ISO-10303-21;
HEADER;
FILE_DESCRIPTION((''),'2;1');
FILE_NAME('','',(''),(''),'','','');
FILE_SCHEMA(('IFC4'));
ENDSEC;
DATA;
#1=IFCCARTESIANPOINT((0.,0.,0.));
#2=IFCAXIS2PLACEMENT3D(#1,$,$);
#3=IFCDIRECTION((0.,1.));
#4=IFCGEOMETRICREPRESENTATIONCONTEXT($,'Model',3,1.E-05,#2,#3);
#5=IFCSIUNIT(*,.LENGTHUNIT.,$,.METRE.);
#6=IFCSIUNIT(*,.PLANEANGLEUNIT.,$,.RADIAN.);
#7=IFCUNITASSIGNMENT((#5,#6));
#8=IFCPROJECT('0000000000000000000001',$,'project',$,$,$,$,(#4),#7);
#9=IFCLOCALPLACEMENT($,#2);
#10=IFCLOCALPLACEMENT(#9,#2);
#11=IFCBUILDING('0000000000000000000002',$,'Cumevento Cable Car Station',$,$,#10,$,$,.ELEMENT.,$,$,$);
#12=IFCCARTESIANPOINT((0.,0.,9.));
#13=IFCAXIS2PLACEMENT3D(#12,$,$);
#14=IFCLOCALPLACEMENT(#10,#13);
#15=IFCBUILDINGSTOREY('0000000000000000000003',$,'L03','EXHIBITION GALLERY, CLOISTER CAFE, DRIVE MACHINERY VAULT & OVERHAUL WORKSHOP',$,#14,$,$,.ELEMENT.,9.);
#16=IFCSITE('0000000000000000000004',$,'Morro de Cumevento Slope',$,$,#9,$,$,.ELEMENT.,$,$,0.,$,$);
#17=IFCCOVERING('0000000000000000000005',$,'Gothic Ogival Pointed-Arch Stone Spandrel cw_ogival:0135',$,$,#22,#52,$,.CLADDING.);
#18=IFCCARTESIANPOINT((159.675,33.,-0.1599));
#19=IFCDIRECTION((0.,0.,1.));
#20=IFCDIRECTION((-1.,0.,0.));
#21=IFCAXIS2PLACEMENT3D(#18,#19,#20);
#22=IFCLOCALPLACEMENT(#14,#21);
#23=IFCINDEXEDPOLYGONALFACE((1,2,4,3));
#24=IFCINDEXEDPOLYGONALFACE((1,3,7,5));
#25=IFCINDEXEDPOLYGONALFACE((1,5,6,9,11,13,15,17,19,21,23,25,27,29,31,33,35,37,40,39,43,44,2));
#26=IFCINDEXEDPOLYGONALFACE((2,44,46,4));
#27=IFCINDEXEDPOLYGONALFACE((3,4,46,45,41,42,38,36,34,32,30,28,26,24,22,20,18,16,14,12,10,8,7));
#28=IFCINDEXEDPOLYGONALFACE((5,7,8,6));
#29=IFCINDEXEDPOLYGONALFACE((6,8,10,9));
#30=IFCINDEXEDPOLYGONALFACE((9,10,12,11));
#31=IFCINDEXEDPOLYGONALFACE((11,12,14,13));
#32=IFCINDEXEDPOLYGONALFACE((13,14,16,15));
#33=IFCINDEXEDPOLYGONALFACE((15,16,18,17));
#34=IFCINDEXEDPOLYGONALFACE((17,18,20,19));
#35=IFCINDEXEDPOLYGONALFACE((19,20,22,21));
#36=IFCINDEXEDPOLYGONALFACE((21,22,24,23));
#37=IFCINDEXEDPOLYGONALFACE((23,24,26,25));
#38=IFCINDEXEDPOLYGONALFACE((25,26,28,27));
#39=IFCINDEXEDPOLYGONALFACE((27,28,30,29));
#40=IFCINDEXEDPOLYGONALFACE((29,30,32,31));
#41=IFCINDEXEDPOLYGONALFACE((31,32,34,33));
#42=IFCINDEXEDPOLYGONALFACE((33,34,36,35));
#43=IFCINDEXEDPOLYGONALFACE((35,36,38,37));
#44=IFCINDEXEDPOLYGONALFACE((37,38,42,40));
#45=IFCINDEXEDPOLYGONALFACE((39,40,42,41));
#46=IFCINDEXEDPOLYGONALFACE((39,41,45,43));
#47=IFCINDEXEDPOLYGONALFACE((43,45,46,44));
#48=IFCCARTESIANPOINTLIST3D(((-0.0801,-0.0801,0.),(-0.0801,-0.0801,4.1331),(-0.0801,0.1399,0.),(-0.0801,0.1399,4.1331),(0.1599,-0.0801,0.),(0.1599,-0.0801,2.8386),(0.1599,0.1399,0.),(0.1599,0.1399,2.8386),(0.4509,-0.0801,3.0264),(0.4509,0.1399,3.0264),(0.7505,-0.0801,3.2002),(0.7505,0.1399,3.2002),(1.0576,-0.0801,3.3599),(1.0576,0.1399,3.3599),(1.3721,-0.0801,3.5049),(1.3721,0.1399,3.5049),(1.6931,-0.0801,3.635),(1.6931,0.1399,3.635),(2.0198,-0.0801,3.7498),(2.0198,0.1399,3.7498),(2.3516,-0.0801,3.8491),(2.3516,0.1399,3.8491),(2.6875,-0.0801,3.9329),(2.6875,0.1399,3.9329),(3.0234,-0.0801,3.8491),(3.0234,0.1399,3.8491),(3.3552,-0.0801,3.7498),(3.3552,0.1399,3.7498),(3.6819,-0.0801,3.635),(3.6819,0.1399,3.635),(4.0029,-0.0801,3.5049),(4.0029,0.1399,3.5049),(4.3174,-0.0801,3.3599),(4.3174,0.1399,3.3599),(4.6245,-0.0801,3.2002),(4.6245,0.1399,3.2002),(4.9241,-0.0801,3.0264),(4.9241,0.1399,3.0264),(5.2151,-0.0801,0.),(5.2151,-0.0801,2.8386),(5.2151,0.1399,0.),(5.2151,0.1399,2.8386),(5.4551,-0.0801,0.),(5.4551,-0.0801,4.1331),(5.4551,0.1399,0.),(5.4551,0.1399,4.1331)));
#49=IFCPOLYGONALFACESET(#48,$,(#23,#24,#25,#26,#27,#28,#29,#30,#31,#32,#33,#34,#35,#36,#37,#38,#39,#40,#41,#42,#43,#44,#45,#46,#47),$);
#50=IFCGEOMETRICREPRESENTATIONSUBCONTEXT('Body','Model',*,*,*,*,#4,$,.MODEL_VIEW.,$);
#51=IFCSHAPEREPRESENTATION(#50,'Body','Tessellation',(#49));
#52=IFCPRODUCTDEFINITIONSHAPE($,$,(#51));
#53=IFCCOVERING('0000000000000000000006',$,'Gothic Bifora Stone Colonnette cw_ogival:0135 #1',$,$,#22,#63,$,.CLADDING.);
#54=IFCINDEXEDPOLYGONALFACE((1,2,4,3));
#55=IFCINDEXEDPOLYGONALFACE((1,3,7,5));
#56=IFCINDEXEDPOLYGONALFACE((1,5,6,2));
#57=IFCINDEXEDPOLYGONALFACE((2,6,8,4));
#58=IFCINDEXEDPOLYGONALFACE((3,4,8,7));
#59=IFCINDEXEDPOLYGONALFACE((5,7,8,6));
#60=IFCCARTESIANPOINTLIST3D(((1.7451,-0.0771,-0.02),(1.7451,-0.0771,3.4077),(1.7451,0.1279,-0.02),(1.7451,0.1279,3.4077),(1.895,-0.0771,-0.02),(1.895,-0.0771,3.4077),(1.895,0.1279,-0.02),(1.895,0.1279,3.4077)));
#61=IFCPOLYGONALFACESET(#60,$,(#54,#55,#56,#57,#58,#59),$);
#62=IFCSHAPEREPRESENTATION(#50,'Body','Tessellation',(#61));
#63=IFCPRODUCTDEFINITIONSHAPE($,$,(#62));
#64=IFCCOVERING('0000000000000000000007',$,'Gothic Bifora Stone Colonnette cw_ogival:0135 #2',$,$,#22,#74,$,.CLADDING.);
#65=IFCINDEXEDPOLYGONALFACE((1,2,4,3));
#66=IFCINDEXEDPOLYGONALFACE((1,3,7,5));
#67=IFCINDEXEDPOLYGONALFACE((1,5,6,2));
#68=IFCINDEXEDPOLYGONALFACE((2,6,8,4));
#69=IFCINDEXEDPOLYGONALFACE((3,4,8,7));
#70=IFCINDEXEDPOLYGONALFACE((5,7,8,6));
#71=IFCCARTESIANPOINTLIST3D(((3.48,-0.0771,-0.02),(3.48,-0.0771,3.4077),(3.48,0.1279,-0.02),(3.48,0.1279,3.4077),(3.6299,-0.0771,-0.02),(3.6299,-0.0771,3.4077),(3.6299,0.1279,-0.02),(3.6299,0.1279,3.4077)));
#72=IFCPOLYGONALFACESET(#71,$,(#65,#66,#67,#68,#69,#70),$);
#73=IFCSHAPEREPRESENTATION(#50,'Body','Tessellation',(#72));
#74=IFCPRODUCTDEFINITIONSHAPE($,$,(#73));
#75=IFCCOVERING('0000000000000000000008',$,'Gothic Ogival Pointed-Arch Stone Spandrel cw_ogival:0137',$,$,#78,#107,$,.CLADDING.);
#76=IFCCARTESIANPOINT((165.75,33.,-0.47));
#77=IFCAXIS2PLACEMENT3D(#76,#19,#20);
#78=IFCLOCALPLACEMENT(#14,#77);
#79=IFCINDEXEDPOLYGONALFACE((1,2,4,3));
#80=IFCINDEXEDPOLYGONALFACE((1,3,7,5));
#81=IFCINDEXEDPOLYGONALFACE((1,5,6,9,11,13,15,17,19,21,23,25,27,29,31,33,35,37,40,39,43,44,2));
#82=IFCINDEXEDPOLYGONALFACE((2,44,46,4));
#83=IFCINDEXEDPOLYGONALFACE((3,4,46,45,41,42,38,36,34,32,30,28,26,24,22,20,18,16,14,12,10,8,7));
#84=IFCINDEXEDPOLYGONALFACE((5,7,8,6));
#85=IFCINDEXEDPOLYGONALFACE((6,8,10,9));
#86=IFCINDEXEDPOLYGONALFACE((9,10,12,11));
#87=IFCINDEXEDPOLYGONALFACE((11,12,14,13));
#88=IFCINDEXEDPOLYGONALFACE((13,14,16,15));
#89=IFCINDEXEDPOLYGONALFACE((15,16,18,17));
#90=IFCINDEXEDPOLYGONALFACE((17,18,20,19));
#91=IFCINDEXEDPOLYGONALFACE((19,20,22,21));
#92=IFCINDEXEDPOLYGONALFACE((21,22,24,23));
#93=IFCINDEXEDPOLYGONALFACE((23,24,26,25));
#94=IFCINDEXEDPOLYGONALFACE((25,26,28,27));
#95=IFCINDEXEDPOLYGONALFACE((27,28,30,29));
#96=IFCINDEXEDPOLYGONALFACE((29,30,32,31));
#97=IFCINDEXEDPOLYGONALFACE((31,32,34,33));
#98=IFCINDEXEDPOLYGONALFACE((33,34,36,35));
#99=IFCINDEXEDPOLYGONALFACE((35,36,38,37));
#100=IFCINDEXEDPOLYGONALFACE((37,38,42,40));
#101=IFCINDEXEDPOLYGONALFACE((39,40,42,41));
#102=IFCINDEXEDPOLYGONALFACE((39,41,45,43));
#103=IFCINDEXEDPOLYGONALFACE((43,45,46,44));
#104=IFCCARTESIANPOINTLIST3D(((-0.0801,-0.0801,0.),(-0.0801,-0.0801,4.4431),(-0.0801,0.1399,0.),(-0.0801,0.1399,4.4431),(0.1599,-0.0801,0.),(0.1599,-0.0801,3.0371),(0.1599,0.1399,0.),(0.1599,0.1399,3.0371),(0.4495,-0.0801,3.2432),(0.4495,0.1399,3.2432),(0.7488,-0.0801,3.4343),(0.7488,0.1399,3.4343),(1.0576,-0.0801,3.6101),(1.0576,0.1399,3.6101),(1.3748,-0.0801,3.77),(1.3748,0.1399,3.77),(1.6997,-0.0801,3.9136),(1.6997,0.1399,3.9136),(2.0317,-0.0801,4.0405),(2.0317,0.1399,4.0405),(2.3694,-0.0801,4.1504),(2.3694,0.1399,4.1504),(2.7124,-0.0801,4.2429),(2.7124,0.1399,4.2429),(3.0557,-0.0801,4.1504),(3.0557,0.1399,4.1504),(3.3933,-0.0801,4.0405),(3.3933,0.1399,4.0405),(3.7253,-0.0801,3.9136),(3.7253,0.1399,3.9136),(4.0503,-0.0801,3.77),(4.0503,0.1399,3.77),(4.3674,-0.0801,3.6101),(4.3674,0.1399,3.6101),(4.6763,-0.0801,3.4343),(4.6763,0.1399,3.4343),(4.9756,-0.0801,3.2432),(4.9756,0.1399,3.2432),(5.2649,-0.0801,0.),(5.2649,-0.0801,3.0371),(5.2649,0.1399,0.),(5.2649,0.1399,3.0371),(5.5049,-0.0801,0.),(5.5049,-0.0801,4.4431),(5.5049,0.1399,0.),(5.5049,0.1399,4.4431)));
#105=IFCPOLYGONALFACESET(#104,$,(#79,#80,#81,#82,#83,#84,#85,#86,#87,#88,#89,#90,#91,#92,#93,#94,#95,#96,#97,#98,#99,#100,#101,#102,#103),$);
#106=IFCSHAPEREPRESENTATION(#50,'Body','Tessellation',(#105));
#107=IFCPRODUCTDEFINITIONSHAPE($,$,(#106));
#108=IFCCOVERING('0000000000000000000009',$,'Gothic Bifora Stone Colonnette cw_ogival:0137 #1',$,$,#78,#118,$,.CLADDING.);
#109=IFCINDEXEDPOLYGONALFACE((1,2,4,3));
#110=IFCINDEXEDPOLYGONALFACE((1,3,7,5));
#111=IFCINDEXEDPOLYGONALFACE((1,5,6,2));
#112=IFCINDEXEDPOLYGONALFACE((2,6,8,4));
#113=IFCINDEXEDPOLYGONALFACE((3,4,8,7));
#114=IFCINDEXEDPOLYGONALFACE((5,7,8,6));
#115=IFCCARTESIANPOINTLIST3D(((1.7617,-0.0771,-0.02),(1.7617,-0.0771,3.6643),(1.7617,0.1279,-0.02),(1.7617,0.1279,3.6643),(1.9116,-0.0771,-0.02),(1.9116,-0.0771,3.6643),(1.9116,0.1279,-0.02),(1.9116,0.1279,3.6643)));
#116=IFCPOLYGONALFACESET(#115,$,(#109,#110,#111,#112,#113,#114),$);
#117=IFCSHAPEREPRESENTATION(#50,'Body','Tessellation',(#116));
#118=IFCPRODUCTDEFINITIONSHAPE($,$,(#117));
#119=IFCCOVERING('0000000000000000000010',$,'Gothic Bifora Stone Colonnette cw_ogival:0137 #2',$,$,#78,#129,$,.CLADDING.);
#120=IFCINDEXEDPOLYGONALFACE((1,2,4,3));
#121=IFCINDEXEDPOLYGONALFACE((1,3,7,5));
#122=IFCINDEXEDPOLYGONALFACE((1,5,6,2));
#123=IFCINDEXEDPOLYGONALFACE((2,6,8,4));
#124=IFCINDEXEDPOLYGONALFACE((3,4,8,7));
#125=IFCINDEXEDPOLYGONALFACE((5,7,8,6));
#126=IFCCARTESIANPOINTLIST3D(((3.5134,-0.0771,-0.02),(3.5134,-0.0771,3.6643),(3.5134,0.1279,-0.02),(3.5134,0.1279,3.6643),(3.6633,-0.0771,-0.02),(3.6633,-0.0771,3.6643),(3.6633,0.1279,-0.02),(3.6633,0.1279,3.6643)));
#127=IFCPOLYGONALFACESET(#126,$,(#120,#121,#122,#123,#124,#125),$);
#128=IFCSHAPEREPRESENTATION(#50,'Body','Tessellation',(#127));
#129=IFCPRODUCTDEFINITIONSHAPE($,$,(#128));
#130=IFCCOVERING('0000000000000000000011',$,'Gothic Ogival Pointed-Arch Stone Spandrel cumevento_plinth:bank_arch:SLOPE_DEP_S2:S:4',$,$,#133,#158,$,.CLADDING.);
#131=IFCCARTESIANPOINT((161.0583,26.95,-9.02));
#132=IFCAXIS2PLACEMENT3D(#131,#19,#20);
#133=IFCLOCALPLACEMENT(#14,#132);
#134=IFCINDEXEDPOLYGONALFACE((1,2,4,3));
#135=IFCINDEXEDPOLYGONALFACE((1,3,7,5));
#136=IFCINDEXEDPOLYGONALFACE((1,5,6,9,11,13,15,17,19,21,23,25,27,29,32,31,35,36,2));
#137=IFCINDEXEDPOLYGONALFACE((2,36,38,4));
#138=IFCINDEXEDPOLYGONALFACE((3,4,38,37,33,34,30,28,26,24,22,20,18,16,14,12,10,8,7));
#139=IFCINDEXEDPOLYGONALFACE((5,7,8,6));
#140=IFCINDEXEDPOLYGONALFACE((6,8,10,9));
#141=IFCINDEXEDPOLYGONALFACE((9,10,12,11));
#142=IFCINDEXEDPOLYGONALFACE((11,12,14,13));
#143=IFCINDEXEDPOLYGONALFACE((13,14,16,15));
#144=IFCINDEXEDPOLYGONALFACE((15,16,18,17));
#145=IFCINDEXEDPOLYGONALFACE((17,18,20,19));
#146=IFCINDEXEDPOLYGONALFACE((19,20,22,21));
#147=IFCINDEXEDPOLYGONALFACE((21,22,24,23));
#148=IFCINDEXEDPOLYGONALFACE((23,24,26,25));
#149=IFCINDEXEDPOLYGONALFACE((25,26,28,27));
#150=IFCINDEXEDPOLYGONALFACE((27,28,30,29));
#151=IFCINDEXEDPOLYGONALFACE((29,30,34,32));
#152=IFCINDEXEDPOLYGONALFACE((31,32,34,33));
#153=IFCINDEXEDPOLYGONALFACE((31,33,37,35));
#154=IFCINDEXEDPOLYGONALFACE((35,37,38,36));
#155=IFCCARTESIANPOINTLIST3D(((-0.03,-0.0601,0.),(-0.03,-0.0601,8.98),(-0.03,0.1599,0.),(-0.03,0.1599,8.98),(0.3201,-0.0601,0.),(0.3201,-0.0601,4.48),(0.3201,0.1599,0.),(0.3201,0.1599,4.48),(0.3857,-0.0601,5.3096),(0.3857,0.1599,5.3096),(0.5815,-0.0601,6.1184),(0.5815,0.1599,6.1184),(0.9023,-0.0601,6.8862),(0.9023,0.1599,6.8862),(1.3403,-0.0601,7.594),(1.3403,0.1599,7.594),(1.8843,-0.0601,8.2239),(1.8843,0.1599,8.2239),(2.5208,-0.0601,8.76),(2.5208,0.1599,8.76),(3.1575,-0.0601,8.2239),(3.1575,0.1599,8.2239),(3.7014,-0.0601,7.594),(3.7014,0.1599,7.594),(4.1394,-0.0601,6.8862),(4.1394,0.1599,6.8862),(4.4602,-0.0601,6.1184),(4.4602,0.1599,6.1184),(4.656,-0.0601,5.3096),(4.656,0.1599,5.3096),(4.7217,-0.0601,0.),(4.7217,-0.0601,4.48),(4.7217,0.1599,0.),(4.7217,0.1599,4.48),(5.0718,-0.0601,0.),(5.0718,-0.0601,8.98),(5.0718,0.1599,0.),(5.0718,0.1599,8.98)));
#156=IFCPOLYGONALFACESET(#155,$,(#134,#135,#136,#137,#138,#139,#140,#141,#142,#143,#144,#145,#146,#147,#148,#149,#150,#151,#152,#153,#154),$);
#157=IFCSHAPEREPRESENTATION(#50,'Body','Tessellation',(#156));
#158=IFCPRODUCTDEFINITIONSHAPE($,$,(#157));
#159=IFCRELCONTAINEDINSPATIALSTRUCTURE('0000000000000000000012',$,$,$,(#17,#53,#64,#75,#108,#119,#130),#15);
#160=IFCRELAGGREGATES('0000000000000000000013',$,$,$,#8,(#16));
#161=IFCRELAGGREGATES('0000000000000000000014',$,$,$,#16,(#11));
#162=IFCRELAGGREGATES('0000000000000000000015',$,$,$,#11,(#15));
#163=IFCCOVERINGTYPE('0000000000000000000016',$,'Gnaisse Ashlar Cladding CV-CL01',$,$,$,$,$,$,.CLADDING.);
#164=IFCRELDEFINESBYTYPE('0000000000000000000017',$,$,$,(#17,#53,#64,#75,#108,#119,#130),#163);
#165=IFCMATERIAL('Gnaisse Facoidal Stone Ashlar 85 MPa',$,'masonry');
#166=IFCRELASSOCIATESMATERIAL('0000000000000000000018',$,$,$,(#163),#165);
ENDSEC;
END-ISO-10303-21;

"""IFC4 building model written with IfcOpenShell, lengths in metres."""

from ifc_helpers import new_model, si_unit, direction, frame, origin, place, context, subcontext, project, spatial, polyline, outline, extrude, material, type_object, element, save


model = new_model("IFC4")

# Units and contexts
model_context = context("Model", 3, precision=1e-05, world=origin(), true_north=direction((0.0, 1.0)))
body_context = subcontext(model_context, "Body", "Model", "MODEL_VIEW")
ifc_project = project(units=[si_unit("LENGTHUNIT", "METRE"), si_unit("PLANEANGLEUNIT", "RADIAN")], contexts=[model_context])

# Site, building, storey
site_placement = place(None, origin())
site = spatial("IfcSite", under=ifc_project, at=site_placement, Name="Morro de Cumevento Slope", CompositionType="ELEMENT", RefElevation=0.0)
building_placement = place(site_placement, origin())
building = spatial("IfcBuilding", under=site, at=building_placement, Name="Cumevento Cable Car Station", CompositionType="ELEMENT")
storey_placement = place(building_placement, frame((0.0, 0.0, 9.0)))
storey = spatial("IfcBuildingStorey", under=building, at=storey_placement, Name="L03", Description="EXHIBITION GALLERY, CLOISTER CAFE, DRIVE MACHINERY VAULT & OVERHAUL WORKSHOP", CompositionType="ELEMENT", Elevation=9.0)

# Coverings
ifc_material_1 = material(Name="Gnaisse Facoidal Stone Ashlar 85 MPa", Category="masonry")
covering_type = type_object("IfcCoveringType", Name="Gnaisse Ashlar Cladding CV-CL01", PredefinedType="CLADDING", material=ifc_material_1)
placement_1 = place(storey_placement, frame((159.675, 33.0, -0.1599), z_axis=(0.0, 0.0, 1.0), x_axis=(-1.0, 0.0, 0.0)))
element("IfcCovering", 1, at=placement_1, inside=storey, type_object=covering_type, Name="Gothic Ogival Pointed-Arch Stone Spandrel cw_ogival:0135", PredefinedType="CLADDING", context=body_context, shape_type="SweptSolid", body=[
    extrude(outline(polyline([(-0.0801, 0.0), (-0.0801, 4.1331), (5.4551, 4.1331), (5.4551, 0.0), (5.2151, 0.0), (5.2151, 2.8386), (4.9241, 3.0264), (4.6245, 3.2002), (4.3174, 3.3599), (4.0029, 3.5049), (3.6819, 3.635), (3.3552, 3.7498), (3.0234, 3.8491), (2.6875, 3.9329), (2.3516, 3.8491), (2.0198, 3.7498), (1.6931, 3.635), (1.3721, 3.5049), (1.0576, 3.3599), (0.7505, 3.2002), (0.4509, 3.0264), (0.1599, 2.8386), (0.1599, 0.0), (-0.0801, 0.0)])), frame((0.0, 0.1399, 0.0), z_axis=(0.0, -1.0, 0.0), x_axis=(1.0, 0.0, 0.0)), (0.0, 0.0, 1.0), 0.22),
])
element("IfcCovering", 2, at=placement_1, inside=storey, type_object=covering_type, Name="Gothic Bifora Stone Colonnette cw_ogival:0135 #1", PredefinedType="CLADDING", context=body_context, shape_type="SweptSolid", body=[
    extrude(outline(polyline([(1.7451, -0.02), (1.895, -0.02), (1.895, 3.4077), (1.7451, 3.4077), (1.7451, -0.02)])), frame((0.0, 0.1279, 0.0), z_axis=(0.0, -1.0, 0.0), x_axis=(1.0, 0.0, 0.0)), (0.0, 0.0, 1.0), 0.2051),
])
element("IfcCovering", 3, at=placement_1, inside=storey, type_object=covering_type, Name="Gothic Bifora Stone Colonnette cw_ogival:0135 #2", PredefinedType="CLADDING", context=body_context, shape_type="SweptSolid", body=[
    extrude(outline(polyline([(3.48, -0.02), (3.6299, -0.02), (3.6299, 3.4077), (3.48, 3.4077), (3.48, -0.02)])), frame((0.0, 0.1279, 0.0), z_axis=(0.0, -1.0, 0.0), x_axis=(1.0, 0.0, 0.0)), (0.0, 0.0, 1.0), 0.2051),
])
placement_2 = place(storey_placement, frame((165.75, 33.0, -0.47), z_axis=(0.0, 0.0, 1.0), x_axis=(-1.0, 0.0, 0.0)))
element("IfcCovering", 4, at=placement_2, inside=storey, type_object=covering_type, Name="Gothic Ogival Pointed-Arch Stone Spandrel cw_ogival:0137", PredefinedType="CLADDING", context=body_context, shape_type="SweptSolid", body=[
    extrude(outline(polyline([(-0.0801, 0.0), (-0.0801, 4.4431), (5.5049, 4.4431), (5.5049, 0.0), (5.2649, 0.0), (5.2649, 3.0371), (4.9756, 3.2432), (4.6763, 3.4343), (4.3674, 3.6101), (4.0503, 3.77), (3.7253, 3.9136), (3.3933, 4.0405), (3.0557, 4.1504), (2.7124, 4.2429), (2.3694, 4.1504), (2.0317, 4.0405), (1.6997, 3.9136), (1.3748, 3.77), (1.0576, 3.6101), (0.7488, 3.4343), (0.4495, 3.2432), (0.1599, 3.0371), (0.1599, 0.0), (-0.0801, 0.0)])), frame((0.0, 0.1399, 0.0), z_axis=(0.0, -1.0, 0.0), x_axis=(1.0, 0.0, 0.0)), (0.0, 0.0, 1.0), 0.22),
])
element("IfcCovering", 5, at=placement_2, inside=storey, type_object=covering_type, Name="Gothic Bifora Stone Colonnette cw_ogival:0137 #1", PredefinedType="CLADDING", context=body_context, shape_type="SweptSolid", body=[
    extrude(outline(polyline([(1.7617, -0.02), (1.9116, -0.02), (1.9116, 3.6643), (1.7617, 3.6643), (1.7617, -0.02)])), frame((0.0, 0.1279, 0.0), z_axis=(0.0, -1.0, 0.0), x_axis=(1.0, 0.0, 0.0)), (0.0, 0.0, 1.0), 0.2051),
])
element("IfcCovering", 6, at=placement_2, inside=storey, type_object=covering_type, Name="Gothic Bifora Stone Colonnette cw_ogival:0137 #2", PredefinedType="CLADDING", context=body_context, shape_type="SweptSolid", body=[
    extrude(outline(polyline([(3.5134, -0.02), (3.6633, -0.02), (3.6633, 3.6643), (3.5134, 3.6643), (3.5134, -0.02)])), frame((0.0, 0.1279, 0.0), z_axis=(0.0, -1.0, 0.0), x_axis=(1.0, 0.0, 0.0)), (0.0, 0.0, 1.0), 0.2051),
])
covering_1_placement = place(storey_placement, frame((161.0583, 26.95, -9.02), z_axis=(0.0, 0.0, 1.0), x_axis=(-1.0, 0.0, 0.0)))
element("IfcCovering", 7, at=covering_1_placement, inside=storey, type_object=covering_type, Name="Gothic Ogival Pointed-Arch Stone Spandrel cumevento_plinth:bank_arch:SLOPE_DEP_S2:S:4", PredefinedType="CLADDING", context=body_context, shape_type="SweptSolid", body=[
    extrude(outline(polyline([(-0.03, 0.0), (-0.03, 8.98), (5.0718, 8.98), (5.0718, 0.0), (4.7217, 0.0), (4.7217, 4.48), (4.656, 5.3096), (4.4602, 6.1184), (4.1394, 6.8862), (3.7014, 7.594), (3.1575, 8.2239), (2.5208, 8.76), (1.8843, 8.2239), (1.3403, 7.594), (0.9023, 6.8862), (0.5815, 6.1184), (0.3857, 5.3096), (0.3201, 4.48), (0.3201, 0.0), (-0.03, 0.0)])), frame((0.0, 0.1599, 0.0), z_axis=(0.0, -1.0, 0.0), x_axis=(1.0, 0.0, 0.0)), (0.0, 0.0, 1.0), 0.22),
])

save(model, "model.ifc")
